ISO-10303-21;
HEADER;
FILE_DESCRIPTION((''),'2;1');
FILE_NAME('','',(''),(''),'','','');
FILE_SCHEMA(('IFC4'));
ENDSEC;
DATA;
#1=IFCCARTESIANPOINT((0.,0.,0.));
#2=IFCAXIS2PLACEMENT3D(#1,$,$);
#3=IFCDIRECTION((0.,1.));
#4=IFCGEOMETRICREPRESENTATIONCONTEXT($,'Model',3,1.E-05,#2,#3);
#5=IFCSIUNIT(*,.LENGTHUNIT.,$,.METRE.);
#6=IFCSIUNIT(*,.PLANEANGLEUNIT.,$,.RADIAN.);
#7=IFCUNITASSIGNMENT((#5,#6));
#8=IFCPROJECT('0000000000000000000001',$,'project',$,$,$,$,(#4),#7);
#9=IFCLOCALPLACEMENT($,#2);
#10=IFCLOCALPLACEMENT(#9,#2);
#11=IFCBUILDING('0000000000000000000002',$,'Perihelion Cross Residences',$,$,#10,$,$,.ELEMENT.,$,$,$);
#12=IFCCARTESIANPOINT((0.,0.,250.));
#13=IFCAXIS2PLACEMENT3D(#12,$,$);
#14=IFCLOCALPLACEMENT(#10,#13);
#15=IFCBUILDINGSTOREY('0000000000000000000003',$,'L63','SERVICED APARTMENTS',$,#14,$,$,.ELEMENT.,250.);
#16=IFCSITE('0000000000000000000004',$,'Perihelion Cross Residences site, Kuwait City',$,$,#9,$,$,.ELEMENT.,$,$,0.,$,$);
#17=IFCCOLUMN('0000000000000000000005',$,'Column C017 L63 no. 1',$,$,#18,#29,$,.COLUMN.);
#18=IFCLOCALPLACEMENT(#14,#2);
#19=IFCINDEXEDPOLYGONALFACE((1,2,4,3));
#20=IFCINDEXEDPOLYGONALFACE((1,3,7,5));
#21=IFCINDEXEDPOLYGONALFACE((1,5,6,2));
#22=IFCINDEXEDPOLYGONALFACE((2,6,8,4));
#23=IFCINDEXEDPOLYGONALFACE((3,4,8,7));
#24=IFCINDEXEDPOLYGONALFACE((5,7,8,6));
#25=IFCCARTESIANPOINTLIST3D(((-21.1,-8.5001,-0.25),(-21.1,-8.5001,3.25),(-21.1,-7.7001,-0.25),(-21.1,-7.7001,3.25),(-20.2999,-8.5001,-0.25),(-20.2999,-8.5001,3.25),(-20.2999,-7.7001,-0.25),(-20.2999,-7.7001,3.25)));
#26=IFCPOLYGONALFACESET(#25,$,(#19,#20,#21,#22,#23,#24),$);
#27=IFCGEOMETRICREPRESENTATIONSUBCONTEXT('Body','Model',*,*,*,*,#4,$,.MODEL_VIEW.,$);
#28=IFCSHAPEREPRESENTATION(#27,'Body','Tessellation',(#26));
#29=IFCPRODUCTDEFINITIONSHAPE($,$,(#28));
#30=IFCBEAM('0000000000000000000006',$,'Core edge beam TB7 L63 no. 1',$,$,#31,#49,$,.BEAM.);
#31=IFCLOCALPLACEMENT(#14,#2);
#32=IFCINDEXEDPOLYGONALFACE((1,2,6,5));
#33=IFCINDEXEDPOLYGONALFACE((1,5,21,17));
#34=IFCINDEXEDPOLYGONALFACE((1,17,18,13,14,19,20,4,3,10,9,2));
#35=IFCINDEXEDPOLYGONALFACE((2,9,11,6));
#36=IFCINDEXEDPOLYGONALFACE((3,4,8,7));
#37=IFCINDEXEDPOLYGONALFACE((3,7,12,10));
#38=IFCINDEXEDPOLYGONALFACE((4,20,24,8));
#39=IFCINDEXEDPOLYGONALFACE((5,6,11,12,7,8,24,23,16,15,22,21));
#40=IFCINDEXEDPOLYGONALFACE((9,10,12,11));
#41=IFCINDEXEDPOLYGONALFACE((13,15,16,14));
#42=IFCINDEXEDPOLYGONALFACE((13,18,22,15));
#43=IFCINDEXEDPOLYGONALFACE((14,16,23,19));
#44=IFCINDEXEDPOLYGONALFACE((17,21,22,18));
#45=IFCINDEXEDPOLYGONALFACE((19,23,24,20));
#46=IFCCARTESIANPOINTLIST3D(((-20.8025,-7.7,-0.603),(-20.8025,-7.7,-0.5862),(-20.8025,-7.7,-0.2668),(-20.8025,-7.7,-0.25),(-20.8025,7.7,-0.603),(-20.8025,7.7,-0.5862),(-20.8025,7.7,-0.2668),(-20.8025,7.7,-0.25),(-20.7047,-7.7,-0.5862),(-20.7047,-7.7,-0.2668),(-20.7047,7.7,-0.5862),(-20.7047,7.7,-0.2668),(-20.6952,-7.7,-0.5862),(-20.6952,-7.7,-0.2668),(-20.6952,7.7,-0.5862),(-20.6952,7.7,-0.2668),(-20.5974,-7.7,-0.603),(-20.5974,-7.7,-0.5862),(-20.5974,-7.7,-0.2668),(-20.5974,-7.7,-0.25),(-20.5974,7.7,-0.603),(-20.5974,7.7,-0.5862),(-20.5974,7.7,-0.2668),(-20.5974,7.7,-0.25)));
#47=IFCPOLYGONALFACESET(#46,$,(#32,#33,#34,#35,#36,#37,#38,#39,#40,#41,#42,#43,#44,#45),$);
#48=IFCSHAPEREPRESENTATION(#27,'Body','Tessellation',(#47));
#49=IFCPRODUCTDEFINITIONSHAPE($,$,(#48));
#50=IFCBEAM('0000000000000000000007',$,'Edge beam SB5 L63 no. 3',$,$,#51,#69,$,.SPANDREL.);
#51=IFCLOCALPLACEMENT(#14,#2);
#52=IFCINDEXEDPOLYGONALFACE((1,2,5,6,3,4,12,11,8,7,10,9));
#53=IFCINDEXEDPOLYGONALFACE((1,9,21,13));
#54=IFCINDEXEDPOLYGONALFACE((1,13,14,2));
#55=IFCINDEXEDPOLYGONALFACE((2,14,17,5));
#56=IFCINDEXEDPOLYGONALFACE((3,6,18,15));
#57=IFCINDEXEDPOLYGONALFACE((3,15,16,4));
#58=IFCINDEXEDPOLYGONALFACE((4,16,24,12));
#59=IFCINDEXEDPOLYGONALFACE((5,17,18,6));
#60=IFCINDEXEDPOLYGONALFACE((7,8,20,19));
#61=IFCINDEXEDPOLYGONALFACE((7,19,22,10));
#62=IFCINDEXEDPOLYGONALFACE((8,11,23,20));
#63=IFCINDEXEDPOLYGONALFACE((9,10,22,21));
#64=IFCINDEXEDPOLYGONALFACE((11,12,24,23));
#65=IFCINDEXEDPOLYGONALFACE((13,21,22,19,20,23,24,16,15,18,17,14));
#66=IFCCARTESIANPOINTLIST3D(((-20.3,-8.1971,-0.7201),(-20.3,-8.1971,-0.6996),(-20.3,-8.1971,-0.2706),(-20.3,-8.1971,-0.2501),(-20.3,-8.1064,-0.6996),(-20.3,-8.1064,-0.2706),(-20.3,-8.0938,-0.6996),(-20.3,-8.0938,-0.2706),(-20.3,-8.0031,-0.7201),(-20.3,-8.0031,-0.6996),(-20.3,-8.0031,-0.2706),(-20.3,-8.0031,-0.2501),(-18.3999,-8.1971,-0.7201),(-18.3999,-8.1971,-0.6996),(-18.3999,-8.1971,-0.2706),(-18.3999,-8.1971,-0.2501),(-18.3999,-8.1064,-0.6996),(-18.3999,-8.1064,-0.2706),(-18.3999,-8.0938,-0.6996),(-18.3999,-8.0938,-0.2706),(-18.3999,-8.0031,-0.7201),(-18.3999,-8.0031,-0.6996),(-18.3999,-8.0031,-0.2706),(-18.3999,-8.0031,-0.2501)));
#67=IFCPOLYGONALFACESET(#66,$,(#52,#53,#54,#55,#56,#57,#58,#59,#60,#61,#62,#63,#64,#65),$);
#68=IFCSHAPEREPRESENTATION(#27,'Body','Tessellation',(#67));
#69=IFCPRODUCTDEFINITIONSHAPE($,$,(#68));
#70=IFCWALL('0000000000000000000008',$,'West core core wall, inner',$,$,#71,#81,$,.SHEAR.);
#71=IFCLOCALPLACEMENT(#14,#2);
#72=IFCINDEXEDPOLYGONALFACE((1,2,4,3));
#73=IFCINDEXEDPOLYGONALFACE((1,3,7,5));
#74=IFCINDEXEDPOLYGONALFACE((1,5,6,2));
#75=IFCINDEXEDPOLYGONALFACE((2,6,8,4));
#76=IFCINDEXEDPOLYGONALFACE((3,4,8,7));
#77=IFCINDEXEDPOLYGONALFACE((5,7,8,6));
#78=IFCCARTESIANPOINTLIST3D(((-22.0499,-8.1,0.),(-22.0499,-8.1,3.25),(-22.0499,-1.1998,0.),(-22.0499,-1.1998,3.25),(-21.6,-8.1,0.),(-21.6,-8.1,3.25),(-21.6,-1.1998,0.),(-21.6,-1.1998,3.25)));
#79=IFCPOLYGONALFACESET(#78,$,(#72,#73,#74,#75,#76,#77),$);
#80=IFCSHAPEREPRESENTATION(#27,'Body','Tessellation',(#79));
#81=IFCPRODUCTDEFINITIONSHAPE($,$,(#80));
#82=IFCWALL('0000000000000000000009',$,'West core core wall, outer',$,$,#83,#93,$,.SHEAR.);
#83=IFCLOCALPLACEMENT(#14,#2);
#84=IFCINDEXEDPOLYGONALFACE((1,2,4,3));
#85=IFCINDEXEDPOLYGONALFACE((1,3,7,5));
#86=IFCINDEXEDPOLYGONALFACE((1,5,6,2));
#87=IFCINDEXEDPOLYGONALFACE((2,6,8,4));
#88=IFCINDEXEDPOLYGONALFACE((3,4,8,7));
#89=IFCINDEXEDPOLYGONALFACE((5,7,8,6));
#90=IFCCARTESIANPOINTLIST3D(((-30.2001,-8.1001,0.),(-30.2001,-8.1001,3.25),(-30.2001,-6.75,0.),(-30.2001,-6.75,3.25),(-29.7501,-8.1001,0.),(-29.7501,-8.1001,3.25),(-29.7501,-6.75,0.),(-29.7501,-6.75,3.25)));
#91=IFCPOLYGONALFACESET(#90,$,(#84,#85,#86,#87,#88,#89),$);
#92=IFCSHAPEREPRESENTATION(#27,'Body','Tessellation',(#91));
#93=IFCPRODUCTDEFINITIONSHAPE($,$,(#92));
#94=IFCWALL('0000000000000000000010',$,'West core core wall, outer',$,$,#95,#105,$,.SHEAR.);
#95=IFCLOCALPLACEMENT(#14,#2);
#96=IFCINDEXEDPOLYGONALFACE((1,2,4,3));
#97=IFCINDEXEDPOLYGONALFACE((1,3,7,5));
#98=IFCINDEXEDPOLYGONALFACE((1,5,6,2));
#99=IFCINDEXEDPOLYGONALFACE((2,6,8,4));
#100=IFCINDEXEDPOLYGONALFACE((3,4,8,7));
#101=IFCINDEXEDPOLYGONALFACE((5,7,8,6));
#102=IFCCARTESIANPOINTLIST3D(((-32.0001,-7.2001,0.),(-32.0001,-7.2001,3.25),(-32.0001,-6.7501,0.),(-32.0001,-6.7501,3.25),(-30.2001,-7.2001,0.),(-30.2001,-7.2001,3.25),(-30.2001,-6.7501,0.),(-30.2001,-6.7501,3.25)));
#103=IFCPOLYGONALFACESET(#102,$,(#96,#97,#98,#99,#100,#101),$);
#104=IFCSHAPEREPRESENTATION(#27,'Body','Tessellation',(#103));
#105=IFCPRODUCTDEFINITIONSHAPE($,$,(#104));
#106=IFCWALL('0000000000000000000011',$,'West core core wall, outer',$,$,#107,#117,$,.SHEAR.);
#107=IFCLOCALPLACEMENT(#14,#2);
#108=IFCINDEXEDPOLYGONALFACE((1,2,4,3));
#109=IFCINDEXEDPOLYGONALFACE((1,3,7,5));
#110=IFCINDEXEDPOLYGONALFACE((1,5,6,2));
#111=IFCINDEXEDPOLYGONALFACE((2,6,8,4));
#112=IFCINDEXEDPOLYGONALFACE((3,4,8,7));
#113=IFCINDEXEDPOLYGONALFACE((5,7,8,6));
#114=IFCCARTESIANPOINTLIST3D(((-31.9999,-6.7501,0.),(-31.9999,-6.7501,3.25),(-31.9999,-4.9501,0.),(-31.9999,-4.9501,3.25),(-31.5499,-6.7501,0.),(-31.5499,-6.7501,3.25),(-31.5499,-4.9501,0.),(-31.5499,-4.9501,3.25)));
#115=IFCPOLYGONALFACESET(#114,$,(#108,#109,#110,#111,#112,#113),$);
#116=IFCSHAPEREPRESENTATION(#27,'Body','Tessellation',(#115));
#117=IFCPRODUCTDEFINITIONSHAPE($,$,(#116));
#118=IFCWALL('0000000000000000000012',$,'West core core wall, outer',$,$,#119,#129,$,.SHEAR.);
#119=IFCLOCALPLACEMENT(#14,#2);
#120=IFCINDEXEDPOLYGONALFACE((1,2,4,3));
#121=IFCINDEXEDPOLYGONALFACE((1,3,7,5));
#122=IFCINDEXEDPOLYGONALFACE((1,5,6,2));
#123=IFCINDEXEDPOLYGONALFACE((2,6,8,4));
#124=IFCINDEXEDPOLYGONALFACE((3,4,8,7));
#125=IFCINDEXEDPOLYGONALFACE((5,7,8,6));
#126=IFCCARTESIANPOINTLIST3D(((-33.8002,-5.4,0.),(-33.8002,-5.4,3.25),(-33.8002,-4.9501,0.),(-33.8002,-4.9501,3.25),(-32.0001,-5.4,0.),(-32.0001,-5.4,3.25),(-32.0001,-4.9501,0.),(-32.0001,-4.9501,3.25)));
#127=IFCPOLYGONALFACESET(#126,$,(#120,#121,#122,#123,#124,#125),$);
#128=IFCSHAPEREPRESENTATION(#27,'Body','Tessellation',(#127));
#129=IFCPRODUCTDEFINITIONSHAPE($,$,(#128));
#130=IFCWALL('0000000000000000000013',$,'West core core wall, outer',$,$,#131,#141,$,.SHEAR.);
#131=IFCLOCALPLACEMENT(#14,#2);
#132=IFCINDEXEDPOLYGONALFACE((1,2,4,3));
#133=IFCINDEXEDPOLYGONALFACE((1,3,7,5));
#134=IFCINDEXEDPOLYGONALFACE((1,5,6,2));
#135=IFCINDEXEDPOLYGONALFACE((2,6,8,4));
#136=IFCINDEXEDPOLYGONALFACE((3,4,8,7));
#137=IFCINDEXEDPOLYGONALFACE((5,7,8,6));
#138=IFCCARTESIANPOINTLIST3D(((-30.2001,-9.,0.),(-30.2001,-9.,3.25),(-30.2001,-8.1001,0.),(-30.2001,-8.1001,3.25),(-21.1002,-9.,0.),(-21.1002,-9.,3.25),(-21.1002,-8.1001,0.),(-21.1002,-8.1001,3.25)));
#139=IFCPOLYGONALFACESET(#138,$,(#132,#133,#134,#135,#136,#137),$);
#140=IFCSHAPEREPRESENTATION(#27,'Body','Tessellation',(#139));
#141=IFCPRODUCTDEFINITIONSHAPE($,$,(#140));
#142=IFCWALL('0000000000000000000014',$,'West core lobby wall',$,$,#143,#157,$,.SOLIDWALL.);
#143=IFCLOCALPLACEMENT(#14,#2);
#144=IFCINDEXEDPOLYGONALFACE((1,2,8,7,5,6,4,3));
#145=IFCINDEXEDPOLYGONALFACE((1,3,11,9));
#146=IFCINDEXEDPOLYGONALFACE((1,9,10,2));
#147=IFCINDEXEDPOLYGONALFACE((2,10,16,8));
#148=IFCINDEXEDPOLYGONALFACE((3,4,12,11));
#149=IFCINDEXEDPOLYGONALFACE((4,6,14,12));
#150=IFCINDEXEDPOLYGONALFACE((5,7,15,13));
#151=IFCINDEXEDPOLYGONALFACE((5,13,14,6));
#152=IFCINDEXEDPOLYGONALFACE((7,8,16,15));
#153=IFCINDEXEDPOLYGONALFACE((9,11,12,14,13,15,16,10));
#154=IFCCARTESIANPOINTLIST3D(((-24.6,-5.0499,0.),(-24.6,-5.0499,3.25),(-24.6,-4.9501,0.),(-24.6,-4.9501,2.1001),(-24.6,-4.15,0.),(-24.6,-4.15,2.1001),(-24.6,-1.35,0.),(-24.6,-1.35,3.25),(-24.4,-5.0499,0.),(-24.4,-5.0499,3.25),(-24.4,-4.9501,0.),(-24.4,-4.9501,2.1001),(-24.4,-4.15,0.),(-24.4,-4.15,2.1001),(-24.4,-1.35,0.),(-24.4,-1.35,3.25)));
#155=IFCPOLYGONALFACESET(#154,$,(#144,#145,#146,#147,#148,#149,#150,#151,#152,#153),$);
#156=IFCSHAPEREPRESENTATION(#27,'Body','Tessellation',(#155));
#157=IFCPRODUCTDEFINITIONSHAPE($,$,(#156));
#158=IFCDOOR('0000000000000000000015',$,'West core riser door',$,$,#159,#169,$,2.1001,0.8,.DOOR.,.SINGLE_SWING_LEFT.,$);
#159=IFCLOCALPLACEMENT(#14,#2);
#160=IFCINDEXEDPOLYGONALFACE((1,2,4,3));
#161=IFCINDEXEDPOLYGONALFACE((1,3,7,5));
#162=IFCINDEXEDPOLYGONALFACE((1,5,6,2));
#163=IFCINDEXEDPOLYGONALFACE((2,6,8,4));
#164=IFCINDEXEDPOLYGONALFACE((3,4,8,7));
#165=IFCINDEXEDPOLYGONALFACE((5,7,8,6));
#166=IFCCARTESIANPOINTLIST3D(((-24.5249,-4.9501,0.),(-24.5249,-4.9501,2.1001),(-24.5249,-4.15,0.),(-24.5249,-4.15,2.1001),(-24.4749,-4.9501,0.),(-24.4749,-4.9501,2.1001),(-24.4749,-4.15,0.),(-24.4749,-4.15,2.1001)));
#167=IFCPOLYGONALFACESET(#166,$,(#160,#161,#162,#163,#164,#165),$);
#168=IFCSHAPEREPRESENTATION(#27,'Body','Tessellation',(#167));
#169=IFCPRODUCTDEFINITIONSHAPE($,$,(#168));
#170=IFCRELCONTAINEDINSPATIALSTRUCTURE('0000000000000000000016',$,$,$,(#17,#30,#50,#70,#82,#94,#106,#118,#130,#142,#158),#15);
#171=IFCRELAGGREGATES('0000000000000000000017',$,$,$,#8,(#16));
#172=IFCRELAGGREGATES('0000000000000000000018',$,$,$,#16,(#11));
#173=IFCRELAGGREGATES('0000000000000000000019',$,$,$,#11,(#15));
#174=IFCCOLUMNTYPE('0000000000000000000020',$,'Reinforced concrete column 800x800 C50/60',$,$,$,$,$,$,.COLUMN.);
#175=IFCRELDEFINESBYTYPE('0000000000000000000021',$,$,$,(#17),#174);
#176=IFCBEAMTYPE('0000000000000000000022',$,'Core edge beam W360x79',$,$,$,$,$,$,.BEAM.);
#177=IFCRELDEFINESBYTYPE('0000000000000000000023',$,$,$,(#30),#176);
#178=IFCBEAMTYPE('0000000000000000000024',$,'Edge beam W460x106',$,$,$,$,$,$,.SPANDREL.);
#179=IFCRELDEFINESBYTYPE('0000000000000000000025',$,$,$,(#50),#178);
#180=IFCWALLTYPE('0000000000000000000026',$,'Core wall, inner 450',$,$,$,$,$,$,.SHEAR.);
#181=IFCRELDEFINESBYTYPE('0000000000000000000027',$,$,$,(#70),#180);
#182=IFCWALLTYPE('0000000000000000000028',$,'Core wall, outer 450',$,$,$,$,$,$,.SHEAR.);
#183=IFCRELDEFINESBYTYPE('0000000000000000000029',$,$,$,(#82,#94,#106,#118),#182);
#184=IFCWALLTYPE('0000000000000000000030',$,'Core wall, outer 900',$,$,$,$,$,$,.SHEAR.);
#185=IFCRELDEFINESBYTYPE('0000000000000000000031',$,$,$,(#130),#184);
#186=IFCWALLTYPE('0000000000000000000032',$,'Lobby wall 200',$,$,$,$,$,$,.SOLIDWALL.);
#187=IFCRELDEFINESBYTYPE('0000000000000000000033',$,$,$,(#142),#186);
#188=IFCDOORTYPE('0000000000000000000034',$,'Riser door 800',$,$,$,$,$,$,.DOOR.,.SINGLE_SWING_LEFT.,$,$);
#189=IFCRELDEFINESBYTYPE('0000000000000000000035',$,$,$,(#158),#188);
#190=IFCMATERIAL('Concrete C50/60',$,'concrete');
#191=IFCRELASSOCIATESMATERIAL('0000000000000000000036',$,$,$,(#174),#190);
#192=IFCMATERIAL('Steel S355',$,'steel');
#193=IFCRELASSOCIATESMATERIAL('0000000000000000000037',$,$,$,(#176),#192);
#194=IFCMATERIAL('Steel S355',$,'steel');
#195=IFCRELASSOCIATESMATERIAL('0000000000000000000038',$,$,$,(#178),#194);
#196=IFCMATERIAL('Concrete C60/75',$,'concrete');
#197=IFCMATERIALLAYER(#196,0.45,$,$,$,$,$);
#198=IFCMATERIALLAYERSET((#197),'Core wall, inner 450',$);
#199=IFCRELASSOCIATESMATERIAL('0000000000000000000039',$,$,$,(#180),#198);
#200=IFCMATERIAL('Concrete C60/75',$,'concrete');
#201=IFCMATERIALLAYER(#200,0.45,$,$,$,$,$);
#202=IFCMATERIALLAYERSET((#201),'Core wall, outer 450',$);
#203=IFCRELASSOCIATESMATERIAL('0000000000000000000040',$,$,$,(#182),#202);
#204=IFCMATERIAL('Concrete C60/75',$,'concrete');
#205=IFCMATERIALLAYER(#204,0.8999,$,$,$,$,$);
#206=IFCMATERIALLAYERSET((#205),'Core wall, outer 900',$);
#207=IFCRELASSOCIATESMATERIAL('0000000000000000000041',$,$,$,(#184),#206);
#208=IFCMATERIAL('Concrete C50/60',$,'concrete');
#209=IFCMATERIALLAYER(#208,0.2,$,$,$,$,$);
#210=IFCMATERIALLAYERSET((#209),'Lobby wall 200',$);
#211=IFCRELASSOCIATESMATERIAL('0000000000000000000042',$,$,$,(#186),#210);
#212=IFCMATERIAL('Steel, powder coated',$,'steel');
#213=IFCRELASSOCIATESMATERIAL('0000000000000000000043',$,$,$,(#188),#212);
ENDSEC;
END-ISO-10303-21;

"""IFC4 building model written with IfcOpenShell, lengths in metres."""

from ifc_helpers import new_model, si_unit, direction, frame, frame_2d, origin, origin_2d, place, context, subcontext, project, spatial, rectangle, i_section, extrude, material, layer, layer_set, material_profile, profile_set, type_object, element, fill, save


model = new_model("IFC4")

# Units and contexts
model_context = context("Model", 3, precision=1e-05, world=origin(), true_north=direction((0.0, 1.0)))
body_context = subcontext(model_context, "Body", "Model", "MODEL_VIEW")
ifc_project = project(units=[si_unit("LENGTHUNIT", "METRE"), si_unit("PLANEANGLEUNIT", "RADIAN")], contexts=[model_context])

# Site, building, storey
site_placement = place(None, origin())
site = spatial("IfcSite", under=ifc_project, at=site_placement, Name="Perihelion Cross Residences site, Kuwait City", CompositionType="ELEMENT", RefElevation=0.0)
building_placement = place(site_placement, origin())
building = spatial("IfcBuilding", under=site, at=building_placement, Name="Perihelion Cross Residences", CompositionType="ELEMENT")
storey_placement = place(building_placement, frame((0.0, 0.0, 250.0)))
storey = spatial("IfcBuildingStorey", under=building, at=storey_placement, Name="L63", Description="SERVICED APARTMENTS", CompositionType="ELEMENT", Elevation=250.0)

# Column
ifc_material_1 = material(Name="Concrete C50/60", Category="concrete")
ifc_material_profile_1 = material_profile(ifc_material_1, rectangle(XDim=0.8, YDim=0.8, at=origin_2d()), Name="RC 800x800")
ifc_profile_set_1 = profile_set([ifc_material_profile_1], Name="Concrete C50/60")
column_type = type_object("IfcColumnType", Name="Reinforced concrete column 800x800 C50/60", PredefinedType="COLUMN", material=ifc_profile_set_1)
column_placement = place(storey_placement, frame((-20.7, -8.1001, -0.25), z_axis=(0.0, 0.0, 1.0), x_axis=(1.0, 0.0, 0.0)))
element("IfcColumn", 1, at=column_placement, inside=storey, type_object=column_type, Name="Column C017 L63 no. 1", PredefinedType="COLUMN", context=body_context, shape_type="SweptSolid", body=[
    extrude(rectangle(XDim=0.8, YDim=0.8, at=origin_2d()), origin(), (0.0, 0.0, 1.0), 3.5),
])

# Beams
ifc_material_2 = material(Name="Steel S355", Category="steel")
ifc_material_profile_2 = material_profile(ifc_material_2, i_section(OverallWidth=0.2051, OverallDepth=0.353, WebThickness=0.0095, FlangeThickness=0.0168, at=origin_2d()), Name="W360x79")
ifc_profile_set_2 = profile_set([ifc_material_profile_2], Name="Steel S355")
beam_type_1 = type_object("IfcBeamType", Name="Core edge beam W360x79", PredefinedType="BEAM", material=ifc_profile_set_2)
beam_1_placement = place(storey_placement, frame((-20.7, -7.7, -0.4265), z_axis=(0.0, 1.0, 0.0), x_axis=(-1.0, 0.0, 0.0)))
element("IfcBeam", 2, at=beam_1_placement, inside=storey, type_object=beam_type_1, Name="Core edge beam TB7 L63 no. 1", PredefinedType="BEAM", context=body_context, shape_type="SweptSolid", body=[
    extrude(i_section(OverallWidth=0.2051, OverallDepth=0.353, WebThickness=0.0095, FlangeThickness=0.0168, at=origin_2d()), origin(), (0.0, 0.0, 1.0), 15.3999),
])
ifc_material_3 = material(Name="Steel S355", Category="steel")
ifc_material_profile_3 = material_profile(ifc_material_3, i_section(OverallWidth=0.1941, OverallDepth=0.47, WebThickness=0.0127, FlangeThickness=0.0205, at=origin_2d()), Name="W460x106")
ifc_profile_set_3 = profile_set([ifc_material_profile_3], Name="Steel S355")
beam_type_2 = type_object("IfcBeamType", Name="Edge beam W460x106", PredefinedType="SPANDREL", material=ifc_profile_set_3)
beam_2_placement = place(storey_placement, frame((-20.3, -8.1001, -0.4851), z_axis=(1.0, 0.0, 0.0), x_axis=(0.0, 1.0, 0.0)))
element("IfcBeam", 3, at=beam_2_placement, inside=storey, type_object=beam_type_2, Name="Edge beam SB5 L63 no. 3", PredefinedType="SPANDREL", context=body_context, shape_type="SweptSolid", body=[
    extrude(i_section(OverallWidth=0.1941, OverallDepth=0.47, WebThickness=0.0127, FlangeThickness=0.0205, at=origin_2d()), origin(), (0.0, 0.0, 1.0), 1.9001),
])

# Walls
ifc_material_4 = material(Name="Concrete C60/75", Category="concrete")
ifc_layer_1 = layer(ifc_material_4, 0.45)
ifc_layer_set_1 = layer_set([ifc_layer_1], Name="Core wall, inner 450")
wall_type_1 = type_object("IfcWallType", Name="Core wall, inner 450", PredefinedType="SHEAR", material=ifc_layer_set_1)
wall_1_placement = place(storey_placement, frame((-21.825, -8.1001, 0.0), z_axis=(0.0, 0.0, 1.0), x_axis=(0.0, 1.0, 0.0)))
element("IfcWall", 4, at=wall_1_placement, inside=storey, type_object=wall_type_1, Name="West core core wall, inner", PredefinedType="SHEAR", context=body_context, shape_type="SweptSolid", body=[
    extrude(rectangle(XDim=6.9001, YDim=0.45, at=frame_2d((3.4502, 0.0))), origin(), (0.0, 0.0, 1.0), 3.25),
])
ifc_material_5 = material(Name="Concrete C60/75", Category="concrete")
ifc_layer_2 = layer(ifc_material_5, 0.45)
ifc_layer_set_2 = layer_set([ifc_layer_2], Name="Core wall, outer 450")
wall_type_2 = type_object("IfcWallType", Name="Core wall, outer 450", PredefinedType="SHEAR", material=ifc_layer_set_2)
wall_2_placement = place(storey_placement, frame((-29.9751, -8.1001, 0.0), z_axis=(0.0, 0.0, 1.0), x_axis=(0.0, 1.0, 0.0)))
element("IfcWall", 5, at=wall_2_placement, inside=storey, type_object=wall_type_2, Name="West core core wall, outer", PredefinedType="SHEAR", context=body_context, shape_type="SweptSolid", body=[
    extrude(rectangle(XDim=1.3501, YDim=0.45, at=frame_2d((0.675, 0.0))), origin(), (0.0, 0.0, 1.0), 3.25),
])
for number, where, z_axis, x_axis, name in (
    (6, (-32.0, -6.9751, 0.0), (0.0, 0.0, 1.0), (1.0, 0.0, 0.0), "West core core wall, outer"),
    (7, (-31.7749, -6.75, 0.0), (0.0, 0.0, 1.0), (0.0, 1.0, 0.0), "West core core wall, outer"),
    (8, (-33.8, -5.175, 0.0), (0.0, 0.0, 1.0), (1.0, 0.0, 0.0), "West core core wall, outer"),
):
    element("IfcWall", number, at=place(storey_placement, frame(where, z_axis=z_axis, x_axis=x_axis)), inside=storey, type_object=wall_type_2, Name=name, PredefinedType="SHEAR", context=body_context, shape_type="SweptSolid", body=[
        extrude(rectangle(XDim=1.8, YDim=0.45, at=frame_2d((0.8999, 0.0))), origin(), (0.0, 0.0, 1.0), 3.25),
    ])
ifc_material_6 = material(Name="Concrete C60/75", Category="concrete")
ifc_layer_3 = layer(ifc_material_6, 0.8999)
ifc_layer_set_3 = layer_set([ifc_layer_3], Name="Core wall, outer 900")
wall_type_3 = type_object("IfcWallType", Name="Core wall, outer 900", PredefinedType="SHEAR", material=ifc_layer_set_3)
wall_3_placement = place(storey_placement, frame((-30.2, -8.55, 0.0), z_axis=(0.0, 0.0, 1.0), x_axis=(1.0, 0.0, 0.0)))
element("IfcWall", 9, at=wall_3_placement, inside=storey, type_object=wall_type_3, Name="West core core wall, outer", PredefinedType="SHEAR", context=body_context, shape_type="SweptSolid", body=[
    extrude(rectangle(XDim=9.0999, YDim=0.8999, at=frame_2d((4.5498, 0.0))), origin(), (0.0, 0.0, 1.0), 3.25),
])

# Wall, opening, door
ifc_material_7 = material(Name="Concrete C50/60", Category="concrete")
ifc_layer_4 = layer(ifc_material_7, 0.2)
ifc_layer_set_4 = layer_set([ifc_layer_4], Name="Lobby wall 200")
wall_type_4 = type_object("IfcWallType", Name="Lobby wall 200", PredefinedType="SOLIDWALL", material=ifc_layer_set_4)
wall_4_placement = place(storey_placement, frame((-24.5, -5.05, 0.0), z_axis=(0.0, 0.0, 1.0), x_axis=(0.0, 1.0, 0.0)))
wall_4 = element("IfcWall", 10, at=wall_4_placement, inside=storey, type_object=wall_type_4, Name="West core lobby wall", PredefinedType="SOLIDWALL", context=body_context, shape_type="SweptSolid", body=[
    extrude(rectangle(XDim=3.7, YDim=0.2, at=frame_2d((1.8501, 0.0))), origin(), (0.0, 0.0, 1.0), 3.25),
])
opening_1_placement = place(wall_4_placement, frame((0.1001, 0.0, 0.0)))
opening_1 = element("IfcOpeningElement", 11, at=opening_1_placement, cuts=wall_4, PredefinedType="OPENING", context=body_context, shape_type="SweptSolid", body=[
    extrude(rectangle(XDim=0.8, YDim=2.1001, at=frame_2d((0.3999, 1.05))), frame((0.0, 0.1099, 0.0), z_axis=(0.0, -1.0, 0.0), x_axis=(1.0, 0.0, 0.0)), (0.0, 0.0, 1.0), 0.22),
])
ifc_material_8 = material(Name="Steel, powder coated", Category="steel")
door_type_1 = type_object("IfcDoorType", Name="Riser door 800", OperationType="SINGLE_SWING_LEFT", PredefinedType="DOOR", material=ifc_material_8)
door_1_placement = place(opening_1_placement, origin())
door_1 = element("IfcDoor", 12, at=door_1_placement, inside=storey, type_object=door_type_1, Name="West core riser door", OperationType="SINGLE_SWING_LEFT", OverallHeight=2.1001, OverallWidth=0.8, PredefinedType="DOOR", context=body_context, shape_type="SweptSolid", body=[
    extrude(rectangle(XDim=0.8, YDim=2.1001, at=frame_2d((0.3999, 1.05))), frame((0.0, 0.0249, 0.0), z_axis=(0.0, -1.0, 0.0), x_axis=(1.0, 0.0, 0.0)), (0.0, 0.0, 1.0), 0.05),
])
fill(opening_1, door_1)

save(model, "model.ifc")
